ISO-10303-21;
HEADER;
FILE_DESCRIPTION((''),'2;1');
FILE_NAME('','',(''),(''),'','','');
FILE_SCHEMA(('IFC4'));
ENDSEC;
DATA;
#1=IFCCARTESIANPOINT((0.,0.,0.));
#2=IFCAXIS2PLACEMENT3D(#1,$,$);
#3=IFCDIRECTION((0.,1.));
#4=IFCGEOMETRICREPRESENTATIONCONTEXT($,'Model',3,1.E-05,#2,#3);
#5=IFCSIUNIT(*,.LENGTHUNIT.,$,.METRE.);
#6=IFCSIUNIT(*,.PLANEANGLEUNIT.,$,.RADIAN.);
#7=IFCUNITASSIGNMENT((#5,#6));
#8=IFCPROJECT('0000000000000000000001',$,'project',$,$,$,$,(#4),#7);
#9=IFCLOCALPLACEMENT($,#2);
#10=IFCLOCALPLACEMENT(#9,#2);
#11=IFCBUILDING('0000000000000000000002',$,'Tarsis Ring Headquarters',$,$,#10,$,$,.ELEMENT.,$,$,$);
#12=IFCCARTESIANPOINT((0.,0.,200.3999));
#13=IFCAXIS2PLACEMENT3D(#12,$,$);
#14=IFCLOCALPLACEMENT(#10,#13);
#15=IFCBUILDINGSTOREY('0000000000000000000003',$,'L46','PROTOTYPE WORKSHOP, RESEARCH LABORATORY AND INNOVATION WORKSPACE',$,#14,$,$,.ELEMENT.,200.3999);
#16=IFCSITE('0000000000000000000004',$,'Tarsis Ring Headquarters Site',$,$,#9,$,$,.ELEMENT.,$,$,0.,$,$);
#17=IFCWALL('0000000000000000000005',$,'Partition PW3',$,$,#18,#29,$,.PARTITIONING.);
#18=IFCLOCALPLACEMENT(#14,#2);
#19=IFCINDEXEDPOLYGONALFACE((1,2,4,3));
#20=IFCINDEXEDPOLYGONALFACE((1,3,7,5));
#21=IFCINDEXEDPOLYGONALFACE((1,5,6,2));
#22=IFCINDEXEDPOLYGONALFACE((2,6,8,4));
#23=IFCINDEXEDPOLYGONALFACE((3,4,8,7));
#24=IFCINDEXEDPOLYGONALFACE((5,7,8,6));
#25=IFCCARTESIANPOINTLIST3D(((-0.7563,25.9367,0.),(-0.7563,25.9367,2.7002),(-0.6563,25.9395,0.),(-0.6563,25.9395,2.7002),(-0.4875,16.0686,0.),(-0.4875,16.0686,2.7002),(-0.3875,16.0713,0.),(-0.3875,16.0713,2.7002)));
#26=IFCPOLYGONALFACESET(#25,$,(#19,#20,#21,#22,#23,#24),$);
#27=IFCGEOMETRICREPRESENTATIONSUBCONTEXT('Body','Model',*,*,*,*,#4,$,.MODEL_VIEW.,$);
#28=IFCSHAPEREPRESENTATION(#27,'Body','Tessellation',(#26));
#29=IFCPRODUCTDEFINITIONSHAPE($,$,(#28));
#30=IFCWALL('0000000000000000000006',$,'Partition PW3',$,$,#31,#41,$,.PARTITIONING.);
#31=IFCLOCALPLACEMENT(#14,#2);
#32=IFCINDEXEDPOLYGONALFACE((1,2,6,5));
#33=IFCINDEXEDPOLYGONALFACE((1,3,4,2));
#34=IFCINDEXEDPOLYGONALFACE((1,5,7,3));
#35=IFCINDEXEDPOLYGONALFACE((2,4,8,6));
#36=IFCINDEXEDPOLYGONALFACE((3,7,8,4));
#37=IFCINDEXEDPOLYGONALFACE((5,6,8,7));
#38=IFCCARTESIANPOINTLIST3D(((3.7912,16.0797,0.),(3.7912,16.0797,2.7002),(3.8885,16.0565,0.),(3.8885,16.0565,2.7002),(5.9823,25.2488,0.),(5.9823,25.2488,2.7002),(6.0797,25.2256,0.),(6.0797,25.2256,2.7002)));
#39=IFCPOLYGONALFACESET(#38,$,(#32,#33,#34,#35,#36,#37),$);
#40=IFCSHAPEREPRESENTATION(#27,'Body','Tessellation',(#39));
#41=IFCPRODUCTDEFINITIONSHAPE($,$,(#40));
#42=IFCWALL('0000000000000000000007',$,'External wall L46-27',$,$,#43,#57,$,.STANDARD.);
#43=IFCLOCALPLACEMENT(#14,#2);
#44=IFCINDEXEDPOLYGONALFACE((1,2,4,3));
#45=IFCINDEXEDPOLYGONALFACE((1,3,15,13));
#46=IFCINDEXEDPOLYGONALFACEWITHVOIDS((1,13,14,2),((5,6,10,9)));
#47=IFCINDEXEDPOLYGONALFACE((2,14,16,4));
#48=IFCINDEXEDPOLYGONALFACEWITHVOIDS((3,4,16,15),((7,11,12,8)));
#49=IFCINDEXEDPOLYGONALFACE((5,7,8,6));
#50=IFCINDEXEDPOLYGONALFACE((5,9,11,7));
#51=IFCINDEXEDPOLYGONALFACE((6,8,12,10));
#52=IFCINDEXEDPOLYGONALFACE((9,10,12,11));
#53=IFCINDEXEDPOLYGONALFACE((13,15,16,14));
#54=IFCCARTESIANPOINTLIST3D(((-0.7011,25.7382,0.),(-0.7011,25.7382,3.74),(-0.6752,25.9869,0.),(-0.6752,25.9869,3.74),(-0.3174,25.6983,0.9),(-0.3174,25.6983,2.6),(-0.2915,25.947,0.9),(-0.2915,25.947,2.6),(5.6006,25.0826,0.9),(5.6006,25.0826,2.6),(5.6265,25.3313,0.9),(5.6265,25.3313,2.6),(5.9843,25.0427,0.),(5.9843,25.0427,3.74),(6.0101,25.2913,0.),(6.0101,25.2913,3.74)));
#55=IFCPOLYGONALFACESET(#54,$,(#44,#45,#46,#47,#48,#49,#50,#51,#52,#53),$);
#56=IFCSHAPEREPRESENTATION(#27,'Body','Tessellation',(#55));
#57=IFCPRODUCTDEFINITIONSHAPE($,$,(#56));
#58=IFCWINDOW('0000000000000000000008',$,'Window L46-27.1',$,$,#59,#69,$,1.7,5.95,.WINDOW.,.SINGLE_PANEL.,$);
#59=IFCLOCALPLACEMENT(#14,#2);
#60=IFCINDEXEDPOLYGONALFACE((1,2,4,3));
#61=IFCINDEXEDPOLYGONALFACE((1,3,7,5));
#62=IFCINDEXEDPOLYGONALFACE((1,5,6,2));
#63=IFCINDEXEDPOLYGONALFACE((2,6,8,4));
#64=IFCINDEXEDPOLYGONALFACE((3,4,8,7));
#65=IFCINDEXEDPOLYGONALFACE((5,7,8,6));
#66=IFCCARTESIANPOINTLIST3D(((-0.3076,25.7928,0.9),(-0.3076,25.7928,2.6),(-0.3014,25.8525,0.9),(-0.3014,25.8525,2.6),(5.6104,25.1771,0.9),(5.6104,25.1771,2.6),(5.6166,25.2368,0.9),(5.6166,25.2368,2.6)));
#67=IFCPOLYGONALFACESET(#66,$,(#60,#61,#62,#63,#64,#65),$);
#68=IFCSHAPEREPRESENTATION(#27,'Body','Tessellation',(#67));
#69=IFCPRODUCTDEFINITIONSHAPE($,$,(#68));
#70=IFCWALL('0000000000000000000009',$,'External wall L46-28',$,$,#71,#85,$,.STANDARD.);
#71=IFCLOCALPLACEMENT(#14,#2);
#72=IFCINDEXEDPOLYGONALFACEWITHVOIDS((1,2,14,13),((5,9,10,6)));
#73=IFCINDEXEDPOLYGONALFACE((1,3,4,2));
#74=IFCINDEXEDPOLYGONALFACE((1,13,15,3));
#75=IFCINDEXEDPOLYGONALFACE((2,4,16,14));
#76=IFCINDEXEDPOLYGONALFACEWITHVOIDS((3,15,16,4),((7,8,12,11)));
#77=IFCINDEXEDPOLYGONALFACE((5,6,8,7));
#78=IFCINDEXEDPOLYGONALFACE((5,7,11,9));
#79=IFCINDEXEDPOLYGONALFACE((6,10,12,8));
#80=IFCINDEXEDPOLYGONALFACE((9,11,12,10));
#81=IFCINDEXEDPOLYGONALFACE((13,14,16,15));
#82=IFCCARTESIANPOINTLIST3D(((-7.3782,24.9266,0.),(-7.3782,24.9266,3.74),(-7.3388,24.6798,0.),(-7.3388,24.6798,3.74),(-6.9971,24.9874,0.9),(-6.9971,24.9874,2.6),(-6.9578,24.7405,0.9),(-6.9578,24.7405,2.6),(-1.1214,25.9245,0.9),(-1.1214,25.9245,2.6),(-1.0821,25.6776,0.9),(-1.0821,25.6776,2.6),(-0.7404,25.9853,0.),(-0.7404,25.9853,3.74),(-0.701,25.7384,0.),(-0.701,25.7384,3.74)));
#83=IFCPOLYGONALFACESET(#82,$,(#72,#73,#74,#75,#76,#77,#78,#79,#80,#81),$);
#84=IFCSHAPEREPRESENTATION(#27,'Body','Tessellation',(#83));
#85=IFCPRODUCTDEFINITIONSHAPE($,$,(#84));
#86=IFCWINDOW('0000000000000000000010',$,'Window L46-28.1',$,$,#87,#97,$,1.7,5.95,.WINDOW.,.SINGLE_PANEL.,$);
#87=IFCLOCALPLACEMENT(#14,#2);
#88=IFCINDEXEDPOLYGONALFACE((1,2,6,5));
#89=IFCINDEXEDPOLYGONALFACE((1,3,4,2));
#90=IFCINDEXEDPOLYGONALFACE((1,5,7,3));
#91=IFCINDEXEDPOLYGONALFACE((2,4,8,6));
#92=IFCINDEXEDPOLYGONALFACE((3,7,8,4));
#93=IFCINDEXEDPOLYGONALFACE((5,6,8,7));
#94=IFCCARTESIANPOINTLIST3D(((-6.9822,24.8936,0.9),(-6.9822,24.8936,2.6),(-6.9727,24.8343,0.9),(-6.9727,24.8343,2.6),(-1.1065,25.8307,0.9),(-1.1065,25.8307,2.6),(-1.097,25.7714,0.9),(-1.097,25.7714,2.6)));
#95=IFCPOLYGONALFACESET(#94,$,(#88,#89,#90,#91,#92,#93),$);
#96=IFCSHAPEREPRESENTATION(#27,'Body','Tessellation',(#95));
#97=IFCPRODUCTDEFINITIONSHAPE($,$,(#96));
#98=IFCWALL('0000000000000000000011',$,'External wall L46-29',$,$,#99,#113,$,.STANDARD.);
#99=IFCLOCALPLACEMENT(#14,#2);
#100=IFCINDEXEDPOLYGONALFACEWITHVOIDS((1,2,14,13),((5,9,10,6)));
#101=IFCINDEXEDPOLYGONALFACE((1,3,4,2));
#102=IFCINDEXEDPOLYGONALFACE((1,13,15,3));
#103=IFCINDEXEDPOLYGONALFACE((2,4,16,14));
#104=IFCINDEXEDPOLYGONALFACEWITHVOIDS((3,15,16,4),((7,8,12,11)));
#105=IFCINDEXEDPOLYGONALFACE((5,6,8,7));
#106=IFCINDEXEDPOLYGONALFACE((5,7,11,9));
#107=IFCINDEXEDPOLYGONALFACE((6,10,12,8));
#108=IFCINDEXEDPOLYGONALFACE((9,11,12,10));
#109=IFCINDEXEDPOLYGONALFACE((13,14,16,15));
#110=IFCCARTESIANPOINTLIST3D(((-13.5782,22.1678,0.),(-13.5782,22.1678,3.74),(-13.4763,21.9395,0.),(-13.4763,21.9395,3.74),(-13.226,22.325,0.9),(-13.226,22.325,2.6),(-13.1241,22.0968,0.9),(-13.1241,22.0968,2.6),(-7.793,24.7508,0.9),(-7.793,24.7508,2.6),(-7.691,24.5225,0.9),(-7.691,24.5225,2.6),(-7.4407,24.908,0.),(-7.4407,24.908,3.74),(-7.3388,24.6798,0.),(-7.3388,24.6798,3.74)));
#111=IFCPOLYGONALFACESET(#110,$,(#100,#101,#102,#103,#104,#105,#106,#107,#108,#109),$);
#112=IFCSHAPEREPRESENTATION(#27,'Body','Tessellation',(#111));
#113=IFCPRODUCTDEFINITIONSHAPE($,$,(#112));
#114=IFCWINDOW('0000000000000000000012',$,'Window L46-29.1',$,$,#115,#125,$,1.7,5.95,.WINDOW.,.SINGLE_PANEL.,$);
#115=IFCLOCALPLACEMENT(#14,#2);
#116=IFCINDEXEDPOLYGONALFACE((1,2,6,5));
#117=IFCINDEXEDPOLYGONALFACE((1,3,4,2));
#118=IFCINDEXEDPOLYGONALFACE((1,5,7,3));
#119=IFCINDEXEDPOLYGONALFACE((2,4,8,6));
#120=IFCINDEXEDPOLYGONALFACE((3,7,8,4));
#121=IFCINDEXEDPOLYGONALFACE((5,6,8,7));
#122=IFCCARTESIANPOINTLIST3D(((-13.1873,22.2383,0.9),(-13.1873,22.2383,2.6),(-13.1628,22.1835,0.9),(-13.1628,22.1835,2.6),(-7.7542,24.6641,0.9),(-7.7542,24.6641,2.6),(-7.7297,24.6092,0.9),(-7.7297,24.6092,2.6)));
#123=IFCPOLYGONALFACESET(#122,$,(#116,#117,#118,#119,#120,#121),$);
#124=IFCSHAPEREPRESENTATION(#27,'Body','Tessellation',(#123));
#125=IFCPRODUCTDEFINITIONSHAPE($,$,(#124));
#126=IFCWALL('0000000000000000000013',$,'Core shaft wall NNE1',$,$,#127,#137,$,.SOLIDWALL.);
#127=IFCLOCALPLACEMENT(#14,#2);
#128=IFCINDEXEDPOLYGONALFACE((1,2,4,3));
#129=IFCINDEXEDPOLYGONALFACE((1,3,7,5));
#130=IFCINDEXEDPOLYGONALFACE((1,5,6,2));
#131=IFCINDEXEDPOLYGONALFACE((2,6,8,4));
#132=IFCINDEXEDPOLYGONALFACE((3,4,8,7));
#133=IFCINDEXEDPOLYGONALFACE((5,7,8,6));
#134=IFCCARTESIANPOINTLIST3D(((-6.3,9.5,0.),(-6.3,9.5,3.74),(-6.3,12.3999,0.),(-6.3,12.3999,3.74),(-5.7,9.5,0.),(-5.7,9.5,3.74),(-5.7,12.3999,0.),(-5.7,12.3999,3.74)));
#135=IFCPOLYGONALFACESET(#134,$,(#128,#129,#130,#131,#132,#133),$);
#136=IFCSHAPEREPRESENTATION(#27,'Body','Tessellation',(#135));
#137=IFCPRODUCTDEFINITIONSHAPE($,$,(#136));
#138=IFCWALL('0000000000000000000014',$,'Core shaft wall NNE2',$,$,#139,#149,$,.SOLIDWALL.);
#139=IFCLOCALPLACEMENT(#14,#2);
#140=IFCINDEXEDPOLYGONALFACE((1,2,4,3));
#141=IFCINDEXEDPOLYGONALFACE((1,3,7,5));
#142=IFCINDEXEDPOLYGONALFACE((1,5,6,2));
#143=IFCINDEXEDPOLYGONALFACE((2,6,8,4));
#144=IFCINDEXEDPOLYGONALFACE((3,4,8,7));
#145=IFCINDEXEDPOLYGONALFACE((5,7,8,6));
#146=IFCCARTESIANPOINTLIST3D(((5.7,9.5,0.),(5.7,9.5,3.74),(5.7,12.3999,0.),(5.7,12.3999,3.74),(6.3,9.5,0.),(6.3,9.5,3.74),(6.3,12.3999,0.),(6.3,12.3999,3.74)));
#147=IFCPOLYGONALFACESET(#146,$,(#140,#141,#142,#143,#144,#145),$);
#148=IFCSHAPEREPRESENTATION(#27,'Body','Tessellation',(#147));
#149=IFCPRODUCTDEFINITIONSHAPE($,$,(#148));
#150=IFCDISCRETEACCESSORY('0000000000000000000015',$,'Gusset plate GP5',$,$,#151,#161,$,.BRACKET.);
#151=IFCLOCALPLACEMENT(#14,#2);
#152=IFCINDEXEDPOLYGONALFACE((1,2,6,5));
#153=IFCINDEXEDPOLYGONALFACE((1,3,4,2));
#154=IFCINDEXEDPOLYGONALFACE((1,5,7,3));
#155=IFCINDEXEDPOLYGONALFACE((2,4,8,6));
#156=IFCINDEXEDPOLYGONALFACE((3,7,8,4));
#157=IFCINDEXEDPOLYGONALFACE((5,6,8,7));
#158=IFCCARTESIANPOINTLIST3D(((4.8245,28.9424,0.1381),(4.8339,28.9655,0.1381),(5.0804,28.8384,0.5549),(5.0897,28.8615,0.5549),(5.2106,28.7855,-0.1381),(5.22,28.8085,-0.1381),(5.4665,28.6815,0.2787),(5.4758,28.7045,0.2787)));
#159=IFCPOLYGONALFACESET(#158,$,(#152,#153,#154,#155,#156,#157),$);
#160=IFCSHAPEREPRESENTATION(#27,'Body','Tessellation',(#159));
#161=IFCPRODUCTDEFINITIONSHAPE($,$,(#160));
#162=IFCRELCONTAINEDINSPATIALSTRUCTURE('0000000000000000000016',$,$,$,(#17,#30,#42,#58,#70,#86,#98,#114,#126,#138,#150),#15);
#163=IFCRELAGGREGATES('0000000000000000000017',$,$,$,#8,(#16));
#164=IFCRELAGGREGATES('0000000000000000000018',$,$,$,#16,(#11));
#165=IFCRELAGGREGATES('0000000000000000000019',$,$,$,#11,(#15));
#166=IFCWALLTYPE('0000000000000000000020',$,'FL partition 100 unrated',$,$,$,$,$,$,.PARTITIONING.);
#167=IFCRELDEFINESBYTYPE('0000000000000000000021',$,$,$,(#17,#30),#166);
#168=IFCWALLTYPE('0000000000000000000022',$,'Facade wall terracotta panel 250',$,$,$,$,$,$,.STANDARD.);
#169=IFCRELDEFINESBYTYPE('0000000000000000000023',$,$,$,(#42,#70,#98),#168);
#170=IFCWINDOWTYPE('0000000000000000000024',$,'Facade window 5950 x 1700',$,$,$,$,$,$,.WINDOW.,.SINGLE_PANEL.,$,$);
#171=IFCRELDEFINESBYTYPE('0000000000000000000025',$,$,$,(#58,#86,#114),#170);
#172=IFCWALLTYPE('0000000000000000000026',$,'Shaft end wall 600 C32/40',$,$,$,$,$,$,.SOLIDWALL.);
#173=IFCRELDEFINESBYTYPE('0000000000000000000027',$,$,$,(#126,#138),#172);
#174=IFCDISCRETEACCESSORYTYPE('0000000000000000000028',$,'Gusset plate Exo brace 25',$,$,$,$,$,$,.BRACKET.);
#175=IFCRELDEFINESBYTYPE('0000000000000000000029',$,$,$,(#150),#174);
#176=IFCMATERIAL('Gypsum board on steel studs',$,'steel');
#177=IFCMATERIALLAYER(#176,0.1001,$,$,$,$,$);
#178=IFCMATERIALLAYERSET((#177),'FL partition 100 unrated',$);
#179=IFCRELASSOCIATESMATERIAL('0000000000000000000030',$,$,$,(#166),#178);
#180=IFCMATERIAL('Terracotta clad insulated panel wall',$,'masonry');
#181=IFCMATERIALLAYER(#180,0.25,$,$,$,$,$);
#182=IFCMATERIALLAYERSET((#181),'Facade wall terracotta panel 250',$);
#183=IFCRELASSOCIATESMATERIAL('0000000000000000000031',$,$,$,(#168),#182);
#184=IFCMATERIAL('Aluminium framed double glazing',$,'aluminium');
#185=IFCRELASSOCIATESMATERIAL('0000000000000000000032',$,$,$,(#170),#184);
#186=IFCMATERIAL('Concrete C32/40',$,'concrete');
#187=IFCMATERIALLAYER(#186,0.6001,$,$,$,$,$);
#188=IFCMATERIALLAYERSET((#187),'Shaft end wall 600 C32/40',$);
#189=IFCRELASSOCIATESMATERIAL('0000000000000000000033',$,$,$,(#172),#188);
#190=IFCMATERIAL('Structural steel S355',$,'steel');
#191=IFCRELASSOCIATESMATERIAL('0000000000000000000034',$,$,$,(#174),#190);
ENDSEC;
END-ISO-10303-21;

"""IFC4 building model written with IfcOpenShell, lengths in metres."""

from ifc_helpers import new_model, si_unit, direction, frame, frame_2d, origin, origin_2d, place, context, subcontext, project, spatial, rectangle, extrude, material, layer, layer_set, material_profile, profile_set, type_object, element, fill, save


model = new_model("IFC4")

# Units and contexts
model_context = context("Model", 3, precision=1e-05, world=origin(), true_north=direction((0.0, 1.0)))
body_context = subcontext(model_context, "Body", "Model", "MODEL_VIEW")
ifc_project = project(units=[si_unit("LENGTHUNIT", "METRE"), si_unit("PLANEANGLEUNIT", "RADIAN")], contexts=[model_context])

# Site, building, storey
site_placement = place(None, origin())
site = spatial("IfcSite", under=ifc_project, at=site_placement, Name="Tarsis Ring Headquarters Site", CompositionType="ELEMENT", RefElevation=0.0)
building_placement = place(site_placement, origin())
building = spatial("IfcBuilding", under=site, at=building_placement, Name="Tarsis Ring Headquarters", CompositionType="ELEMENT")
storey_placement = place(building_placement, frame((0.0, 0.0, 200.3999)))
storey = spatial("IfcBuildingStorey", under=building, at=storey_placement, Name="L46", Description="PROTOTYPE WORKSHOP, RESEARCH LABORATORY AND INNOVATION WORKSPACE", CompositionType="ELEMENT", Elevation=200.3999)

# Shared definitions
ifc_material_1 = material(Name="Structural steel S355", Category="steel")

# Walls
ifc_material_2 = material(Name="Gypsum board on steel studs", Category="steel")
ifc_layer_1 = layer(ifc_material_2, 0.1001)
ifc_layer_set_1 = layer_set([ifc_layer_1], Name="FL partition 100 unrated")
wall_type_1 = type_object("IfcWallType", Name="FL partition 100 unrated", PredefinedType="PARTITIONING", material=ifc_layer_set_1)
wall_1_placement = place(storey_placement, frame((-0.7063, 25.9382, 0.0), z_axis=(0.0, 0.0, 1.0), x_axis=(0.027229, -0.999629, 0.0)))
element("IfcWall", 1, at=wall_1_placement, inside=storey, type_object=wall_type_1, Name="Partition PW3", PredefinedType="PARTITIONING", context=body_context, shape_type="SweptSolid", body=[
    extrude(rectangle(XDim=9.8718, YDim=0.1001, at=frame_2d((4.936, 0.0))), origin(), (0.0, 0.0, 1.0), 2.7002),
])
wall_2_placement = place(storey_placement, frame((3.8398, 16.0681, 0.0), z_axis=(0.0, 0.0, 1.0), x_axis=(0.232426, 0.972614, 0.0)))
element("IfcWall", 2, at=wall_2_placement, inside=storey, type_object=wall_type_1, Name="Partition PW3", PredefinedType="PARTITIONING", context=body_context, shape_type="SweptSolid", body=[
    extrude(rectangle(XDim=9.4272, YDim=0.1001, at=frame_2d((4.7136, 0.0))), origin(), (0.0, 0.0, 1.0), 2.7002),
])

# Walls, openings, windows
ifc_material_3 = material(Name="Terracotta clad insulated panel wall", Category="masonry")
ifc_layer_2 = layer(ifc_material_3, 0.25)
ifc_layer_set_2 = layer_set([ifc_layer_2], Name="Facade wall terracotta panel 250")
wall_type_2 = type_object("IfcWallType", Name="Facade wall terracotta panel 250", PredefinedType="STANDARD", material=ifc_layer_set_2)
wall_3_placement = place(storey_placement, frame((5.9973, 25.167, 0.0), z_axis=(0.0, 0.0, 1.0), x_axis=(-0.994631, 0.103484, 0.0)))
wall_3 = element("IfcWall", 3, at=wall_3_placement, inside=storey, type_object=wall_type_2, Name="External wall L46-27", PredefinedType="STANDARD", context=body_context, shape_type="SweptSolid", body=[
    extrude(rectangle(XDim=6.7214, YDim=0.25, at=frame_2d((3.3608, 0.0))), origin(), (0.0, 0.0, 1.0), 3.74),
])
opening_1_placement = place(wall_3_placement, frame((0.3857, 0.0, 0.8999)))
opening_1 = element("IfcOpeningElement", 4, at=opening_1_placement, cuts=wall_3, PredefinedType="OPENING", context=body_context, shape_type="SweptSolid", body=[
    extrude(rectangle(XDim=5.95, YDim=1.7, at=frame_2d((2.9751, 0.8501))), frame((0.0, 0.135, 0.0), z_axis=(0.0, -1.0, 0.0), x_axis=(1.0, 0.0, 0.0)), (0.0, 0.0, 1.0), 0.27),
])
ifc_material_4 = material(Name="Aluminium framed double glazing", Category="aluminium")
window_type = type_object("IfcWindowType", Name="Facade window 5950 x 1700", PartitioningType="SINGLE_PANEL", PredefinedType="WINDOW", material=ifc_material_4)
window_1_placement = place(opening_1_placement, origin())
window_1 = element("IfcWindow", 5, at=window_1_placement, inside=storey, type_object=window_type, Name="Window L46-27.1", OverallHeight=1.7, OverallWidth=5.95, PartitioningType="SINGLE_PANEL", PredefinedType="WINDOW", context=body_context, shape_type="SweptSolid", body=[
    extrude(rectangle(XDim=5.95, YDim=1.7, at=frame_2d((2.9751, 0.8501))), frame((0.0, 0.03, 0.0), z_axis=(0.0, -1.0, 0.0), x_axis=(1.0, 0.0, 0.0)), (0.0, 0.0, 1.0), 0.0601),
])
fill(opening_1, window_1)
wall_4_placement = place(storey_placement, frame((-0.7207, 25.8618, 0.0), z_axis=(0.0, 0.0, 1.0), x_axis=(-0.98752, -0.157492, 0.0)))
wall_4 = element("IfcWall", 6, at=wall_4_placement, inside=storey, type_object=wall_type_2, Name="External wall L46-28", PredefinedType="STANDARD", context=body_context, shape_type="SweptSolid", body=[
    extrude(rectangle(XDim=6.7217, YDim=0.25, at=frame_2d((3.3608, 0.0))), origin(), (0.0, 0.0, 1.0), 3.74),
])
opening_2_placement = place(wall_4_placement, frame((0.3857, 0.0, 0.8999)))
opening_2 = element("IfcOpeningElement", 7, at=opening_2_placement, cuts=wall_4, PredefinedType="OPENING", context=body_context, shape_type="SweptSolid", body=[
    extrude(rectangle(XDim=5.95, YDim=1.7, at=frame_2d((2.9751, 0.8501))), frame((0.0, 0.135, 0.0), z_axis=(0.0, -1.0, 0.0), x_axis=(1.0, 0.0, 0.0)), (0.0, 0.0, 1.0), 0.27),
])
window_2_placement = place(opening_2_placement, origin())
window_2 = element("IfcWindow", 8, at=window_2_placement, inside=storey, type_object=window_type, Name="Window L46-28.1", OverallHeight=1.7, OverallWidth=5.95, PartitioningType="SINGLE_PANEL", PredefinedType="WINDOW", context=body_context, shape_type="SweptSolid", body=[
    extrude(rectangle(XDim=5.95, YDim=1.7, at=frame_2d((2.9751, 0.8501))), frame((0.0, 0.03, 0.0), z_axis=(0.0, -1.0, 0.0), x_axis=(1.0, 0.0, 0.0)), (0.0, 0.0, 1.0), 0.0601),
])
fill(opening_2, window_2)
wall_5_placement = place(storey_placement, frame((-7.3896, 24.7939, 0.0), z_axis=(0.0, 0.0, 1.0), x_axis=(-0.913121, -0.407688, 0.0)))
wall_5 = element("IfcWall", 9, at=wall_5_placement, inside=storey, type_object=wall_type_2, Name="External wall L46-29", PredefinedType="STANDARD", context=body_context, shape_type="SweptSolid", body=[
    extrude(rectangle(XDim=6.7214, YDim=0.25, at=frame_2d((3.3608, 0.0))), origin(), (0.0, 0.0, 1.0), 3.74),
])
opening_3_placement = place(wall_5_placement, frame((0.3857, 0.0, 0.8999)))
opening_3 = element("IfcOpeningElement", 10, at=opening_3_placement, cuts=wall_5, PredefinedType="OPENING", context=body_context, shape_type="SweptSolid", body=[
    extrude(rectangle(XDim=5.95, YDim=1.7, at=frame_2d((2.9751, 0.8501))), frame((0.0, 0.135, 0.0), z_axis=(0.0, -1.0, 0.0), x_axis=(1.0, 0.0, 0.0)), (0.0, 0.0, 1.0), 0.27),
])
window_3_placement = place(opening_3_placement, origin())
window_3 = element("IfcWindow", 11, at=window_3_placement, inside=storey, type_object=window_type, Name="Window L46-29.1", OverallHeight=1.7, OverallWidth=5.95, PartitioningType="SINGLE_PANEL", PredefinedType="WINDOW", context=body_context, shape_type="SweptSolid", body=[
    extrude(rectangle(XDim=5.95, YDim=1.7, at=frame_2d((2.9751, 0.8501))), frame((0.0, 0.03, 0.0), z_axis=(0.0, -1.0, 0.0), x_axis=(1.0, 0.0, 0.0)), (0.0, 0.0, 1.0), 0.0601),
])
fill(opening_3, window_3)

# Walls
ifc_material_5 = material(Name="Concrete C32/40", Category="concrete")
ifc_layer_3 = layer(ifc_material_5, 0.6001)
ifc_layer_set_3 = layer_set([ifc_layer_3], Name="Shaft end wall 600 C32/40")
wall_type_3 = type_object("IfcWallType", Name="Shaft end wall 600 C32/40", PredefinedType="SOLIDWALL", material=ifc_layer_set_3)
for number, where, z_axis, x_axis, name in (
    (12, (-6.0, 9.5, 0.0), (0.0, 0.0, 1.0), (0.0, 1.0, 0.0), "Core shaft wall NNE1"),
    (13, (6.0, 9.5, 0.0), (0.0, 0.0, 1.0), (0.0, 1.0, 0.0), "Core shaft wall NNE2"),
):
    element("IfcWall", number, at=place(storey_placement, frame(where, z_axis=z_axis, x_axis=x_axis)), inside=storey, type_object=wall_type_3, Name=name, PredefinedType="SOLIDWALL", context=body_context, shape_type="SweptSolid", body=[
        extrude(rectangle(XDim=2.8999, YDim=0.6001, at=frame_2d((1.45, 0.0))), origin(), (0.0, 0.0, 1.0), 3.74),
    ])

# Discrete accessory
ifc_material_profile_1 = material_profile(ifc_material_1, rectangle(XDim=0.0249, YDim=0.5, at=origin_2d()), Name="PL 25x500")
ifc_profile_set_1 = profile_set([ifc_material_profile_1], Name="Structural steel S355")
discrete_accessory_type = type_object("IfcDiscreteAccessoryType", Name="Gusset plate Exo brace 25", PredefinedType="BRACKET", material=ifc_profile_set_1)
discrete_accessory_placement = place(storey_placement, frame((5.0222, 28.8755, 0.0), z_axis=(0.51176, -0.208025, 0.833563), x_axis=(0.376567, 0.926389, 0.0)))
element("IfcDiscreteAccessory", 14, at=discrete_accessory_placement, inside=storey, type_object=discrete_accessory_type, Name="Gusset plate GP5", PredefinedType="BRACKET", context=body_context, shape_type="SweptSolid", body=[
    extrude(rectangle(XDim=0.0249, YDim=0.5, at=origin_2d()), origin(), (0.0, 0.0, 1.0), 0.5),
])

save(model, "model.ifc")
